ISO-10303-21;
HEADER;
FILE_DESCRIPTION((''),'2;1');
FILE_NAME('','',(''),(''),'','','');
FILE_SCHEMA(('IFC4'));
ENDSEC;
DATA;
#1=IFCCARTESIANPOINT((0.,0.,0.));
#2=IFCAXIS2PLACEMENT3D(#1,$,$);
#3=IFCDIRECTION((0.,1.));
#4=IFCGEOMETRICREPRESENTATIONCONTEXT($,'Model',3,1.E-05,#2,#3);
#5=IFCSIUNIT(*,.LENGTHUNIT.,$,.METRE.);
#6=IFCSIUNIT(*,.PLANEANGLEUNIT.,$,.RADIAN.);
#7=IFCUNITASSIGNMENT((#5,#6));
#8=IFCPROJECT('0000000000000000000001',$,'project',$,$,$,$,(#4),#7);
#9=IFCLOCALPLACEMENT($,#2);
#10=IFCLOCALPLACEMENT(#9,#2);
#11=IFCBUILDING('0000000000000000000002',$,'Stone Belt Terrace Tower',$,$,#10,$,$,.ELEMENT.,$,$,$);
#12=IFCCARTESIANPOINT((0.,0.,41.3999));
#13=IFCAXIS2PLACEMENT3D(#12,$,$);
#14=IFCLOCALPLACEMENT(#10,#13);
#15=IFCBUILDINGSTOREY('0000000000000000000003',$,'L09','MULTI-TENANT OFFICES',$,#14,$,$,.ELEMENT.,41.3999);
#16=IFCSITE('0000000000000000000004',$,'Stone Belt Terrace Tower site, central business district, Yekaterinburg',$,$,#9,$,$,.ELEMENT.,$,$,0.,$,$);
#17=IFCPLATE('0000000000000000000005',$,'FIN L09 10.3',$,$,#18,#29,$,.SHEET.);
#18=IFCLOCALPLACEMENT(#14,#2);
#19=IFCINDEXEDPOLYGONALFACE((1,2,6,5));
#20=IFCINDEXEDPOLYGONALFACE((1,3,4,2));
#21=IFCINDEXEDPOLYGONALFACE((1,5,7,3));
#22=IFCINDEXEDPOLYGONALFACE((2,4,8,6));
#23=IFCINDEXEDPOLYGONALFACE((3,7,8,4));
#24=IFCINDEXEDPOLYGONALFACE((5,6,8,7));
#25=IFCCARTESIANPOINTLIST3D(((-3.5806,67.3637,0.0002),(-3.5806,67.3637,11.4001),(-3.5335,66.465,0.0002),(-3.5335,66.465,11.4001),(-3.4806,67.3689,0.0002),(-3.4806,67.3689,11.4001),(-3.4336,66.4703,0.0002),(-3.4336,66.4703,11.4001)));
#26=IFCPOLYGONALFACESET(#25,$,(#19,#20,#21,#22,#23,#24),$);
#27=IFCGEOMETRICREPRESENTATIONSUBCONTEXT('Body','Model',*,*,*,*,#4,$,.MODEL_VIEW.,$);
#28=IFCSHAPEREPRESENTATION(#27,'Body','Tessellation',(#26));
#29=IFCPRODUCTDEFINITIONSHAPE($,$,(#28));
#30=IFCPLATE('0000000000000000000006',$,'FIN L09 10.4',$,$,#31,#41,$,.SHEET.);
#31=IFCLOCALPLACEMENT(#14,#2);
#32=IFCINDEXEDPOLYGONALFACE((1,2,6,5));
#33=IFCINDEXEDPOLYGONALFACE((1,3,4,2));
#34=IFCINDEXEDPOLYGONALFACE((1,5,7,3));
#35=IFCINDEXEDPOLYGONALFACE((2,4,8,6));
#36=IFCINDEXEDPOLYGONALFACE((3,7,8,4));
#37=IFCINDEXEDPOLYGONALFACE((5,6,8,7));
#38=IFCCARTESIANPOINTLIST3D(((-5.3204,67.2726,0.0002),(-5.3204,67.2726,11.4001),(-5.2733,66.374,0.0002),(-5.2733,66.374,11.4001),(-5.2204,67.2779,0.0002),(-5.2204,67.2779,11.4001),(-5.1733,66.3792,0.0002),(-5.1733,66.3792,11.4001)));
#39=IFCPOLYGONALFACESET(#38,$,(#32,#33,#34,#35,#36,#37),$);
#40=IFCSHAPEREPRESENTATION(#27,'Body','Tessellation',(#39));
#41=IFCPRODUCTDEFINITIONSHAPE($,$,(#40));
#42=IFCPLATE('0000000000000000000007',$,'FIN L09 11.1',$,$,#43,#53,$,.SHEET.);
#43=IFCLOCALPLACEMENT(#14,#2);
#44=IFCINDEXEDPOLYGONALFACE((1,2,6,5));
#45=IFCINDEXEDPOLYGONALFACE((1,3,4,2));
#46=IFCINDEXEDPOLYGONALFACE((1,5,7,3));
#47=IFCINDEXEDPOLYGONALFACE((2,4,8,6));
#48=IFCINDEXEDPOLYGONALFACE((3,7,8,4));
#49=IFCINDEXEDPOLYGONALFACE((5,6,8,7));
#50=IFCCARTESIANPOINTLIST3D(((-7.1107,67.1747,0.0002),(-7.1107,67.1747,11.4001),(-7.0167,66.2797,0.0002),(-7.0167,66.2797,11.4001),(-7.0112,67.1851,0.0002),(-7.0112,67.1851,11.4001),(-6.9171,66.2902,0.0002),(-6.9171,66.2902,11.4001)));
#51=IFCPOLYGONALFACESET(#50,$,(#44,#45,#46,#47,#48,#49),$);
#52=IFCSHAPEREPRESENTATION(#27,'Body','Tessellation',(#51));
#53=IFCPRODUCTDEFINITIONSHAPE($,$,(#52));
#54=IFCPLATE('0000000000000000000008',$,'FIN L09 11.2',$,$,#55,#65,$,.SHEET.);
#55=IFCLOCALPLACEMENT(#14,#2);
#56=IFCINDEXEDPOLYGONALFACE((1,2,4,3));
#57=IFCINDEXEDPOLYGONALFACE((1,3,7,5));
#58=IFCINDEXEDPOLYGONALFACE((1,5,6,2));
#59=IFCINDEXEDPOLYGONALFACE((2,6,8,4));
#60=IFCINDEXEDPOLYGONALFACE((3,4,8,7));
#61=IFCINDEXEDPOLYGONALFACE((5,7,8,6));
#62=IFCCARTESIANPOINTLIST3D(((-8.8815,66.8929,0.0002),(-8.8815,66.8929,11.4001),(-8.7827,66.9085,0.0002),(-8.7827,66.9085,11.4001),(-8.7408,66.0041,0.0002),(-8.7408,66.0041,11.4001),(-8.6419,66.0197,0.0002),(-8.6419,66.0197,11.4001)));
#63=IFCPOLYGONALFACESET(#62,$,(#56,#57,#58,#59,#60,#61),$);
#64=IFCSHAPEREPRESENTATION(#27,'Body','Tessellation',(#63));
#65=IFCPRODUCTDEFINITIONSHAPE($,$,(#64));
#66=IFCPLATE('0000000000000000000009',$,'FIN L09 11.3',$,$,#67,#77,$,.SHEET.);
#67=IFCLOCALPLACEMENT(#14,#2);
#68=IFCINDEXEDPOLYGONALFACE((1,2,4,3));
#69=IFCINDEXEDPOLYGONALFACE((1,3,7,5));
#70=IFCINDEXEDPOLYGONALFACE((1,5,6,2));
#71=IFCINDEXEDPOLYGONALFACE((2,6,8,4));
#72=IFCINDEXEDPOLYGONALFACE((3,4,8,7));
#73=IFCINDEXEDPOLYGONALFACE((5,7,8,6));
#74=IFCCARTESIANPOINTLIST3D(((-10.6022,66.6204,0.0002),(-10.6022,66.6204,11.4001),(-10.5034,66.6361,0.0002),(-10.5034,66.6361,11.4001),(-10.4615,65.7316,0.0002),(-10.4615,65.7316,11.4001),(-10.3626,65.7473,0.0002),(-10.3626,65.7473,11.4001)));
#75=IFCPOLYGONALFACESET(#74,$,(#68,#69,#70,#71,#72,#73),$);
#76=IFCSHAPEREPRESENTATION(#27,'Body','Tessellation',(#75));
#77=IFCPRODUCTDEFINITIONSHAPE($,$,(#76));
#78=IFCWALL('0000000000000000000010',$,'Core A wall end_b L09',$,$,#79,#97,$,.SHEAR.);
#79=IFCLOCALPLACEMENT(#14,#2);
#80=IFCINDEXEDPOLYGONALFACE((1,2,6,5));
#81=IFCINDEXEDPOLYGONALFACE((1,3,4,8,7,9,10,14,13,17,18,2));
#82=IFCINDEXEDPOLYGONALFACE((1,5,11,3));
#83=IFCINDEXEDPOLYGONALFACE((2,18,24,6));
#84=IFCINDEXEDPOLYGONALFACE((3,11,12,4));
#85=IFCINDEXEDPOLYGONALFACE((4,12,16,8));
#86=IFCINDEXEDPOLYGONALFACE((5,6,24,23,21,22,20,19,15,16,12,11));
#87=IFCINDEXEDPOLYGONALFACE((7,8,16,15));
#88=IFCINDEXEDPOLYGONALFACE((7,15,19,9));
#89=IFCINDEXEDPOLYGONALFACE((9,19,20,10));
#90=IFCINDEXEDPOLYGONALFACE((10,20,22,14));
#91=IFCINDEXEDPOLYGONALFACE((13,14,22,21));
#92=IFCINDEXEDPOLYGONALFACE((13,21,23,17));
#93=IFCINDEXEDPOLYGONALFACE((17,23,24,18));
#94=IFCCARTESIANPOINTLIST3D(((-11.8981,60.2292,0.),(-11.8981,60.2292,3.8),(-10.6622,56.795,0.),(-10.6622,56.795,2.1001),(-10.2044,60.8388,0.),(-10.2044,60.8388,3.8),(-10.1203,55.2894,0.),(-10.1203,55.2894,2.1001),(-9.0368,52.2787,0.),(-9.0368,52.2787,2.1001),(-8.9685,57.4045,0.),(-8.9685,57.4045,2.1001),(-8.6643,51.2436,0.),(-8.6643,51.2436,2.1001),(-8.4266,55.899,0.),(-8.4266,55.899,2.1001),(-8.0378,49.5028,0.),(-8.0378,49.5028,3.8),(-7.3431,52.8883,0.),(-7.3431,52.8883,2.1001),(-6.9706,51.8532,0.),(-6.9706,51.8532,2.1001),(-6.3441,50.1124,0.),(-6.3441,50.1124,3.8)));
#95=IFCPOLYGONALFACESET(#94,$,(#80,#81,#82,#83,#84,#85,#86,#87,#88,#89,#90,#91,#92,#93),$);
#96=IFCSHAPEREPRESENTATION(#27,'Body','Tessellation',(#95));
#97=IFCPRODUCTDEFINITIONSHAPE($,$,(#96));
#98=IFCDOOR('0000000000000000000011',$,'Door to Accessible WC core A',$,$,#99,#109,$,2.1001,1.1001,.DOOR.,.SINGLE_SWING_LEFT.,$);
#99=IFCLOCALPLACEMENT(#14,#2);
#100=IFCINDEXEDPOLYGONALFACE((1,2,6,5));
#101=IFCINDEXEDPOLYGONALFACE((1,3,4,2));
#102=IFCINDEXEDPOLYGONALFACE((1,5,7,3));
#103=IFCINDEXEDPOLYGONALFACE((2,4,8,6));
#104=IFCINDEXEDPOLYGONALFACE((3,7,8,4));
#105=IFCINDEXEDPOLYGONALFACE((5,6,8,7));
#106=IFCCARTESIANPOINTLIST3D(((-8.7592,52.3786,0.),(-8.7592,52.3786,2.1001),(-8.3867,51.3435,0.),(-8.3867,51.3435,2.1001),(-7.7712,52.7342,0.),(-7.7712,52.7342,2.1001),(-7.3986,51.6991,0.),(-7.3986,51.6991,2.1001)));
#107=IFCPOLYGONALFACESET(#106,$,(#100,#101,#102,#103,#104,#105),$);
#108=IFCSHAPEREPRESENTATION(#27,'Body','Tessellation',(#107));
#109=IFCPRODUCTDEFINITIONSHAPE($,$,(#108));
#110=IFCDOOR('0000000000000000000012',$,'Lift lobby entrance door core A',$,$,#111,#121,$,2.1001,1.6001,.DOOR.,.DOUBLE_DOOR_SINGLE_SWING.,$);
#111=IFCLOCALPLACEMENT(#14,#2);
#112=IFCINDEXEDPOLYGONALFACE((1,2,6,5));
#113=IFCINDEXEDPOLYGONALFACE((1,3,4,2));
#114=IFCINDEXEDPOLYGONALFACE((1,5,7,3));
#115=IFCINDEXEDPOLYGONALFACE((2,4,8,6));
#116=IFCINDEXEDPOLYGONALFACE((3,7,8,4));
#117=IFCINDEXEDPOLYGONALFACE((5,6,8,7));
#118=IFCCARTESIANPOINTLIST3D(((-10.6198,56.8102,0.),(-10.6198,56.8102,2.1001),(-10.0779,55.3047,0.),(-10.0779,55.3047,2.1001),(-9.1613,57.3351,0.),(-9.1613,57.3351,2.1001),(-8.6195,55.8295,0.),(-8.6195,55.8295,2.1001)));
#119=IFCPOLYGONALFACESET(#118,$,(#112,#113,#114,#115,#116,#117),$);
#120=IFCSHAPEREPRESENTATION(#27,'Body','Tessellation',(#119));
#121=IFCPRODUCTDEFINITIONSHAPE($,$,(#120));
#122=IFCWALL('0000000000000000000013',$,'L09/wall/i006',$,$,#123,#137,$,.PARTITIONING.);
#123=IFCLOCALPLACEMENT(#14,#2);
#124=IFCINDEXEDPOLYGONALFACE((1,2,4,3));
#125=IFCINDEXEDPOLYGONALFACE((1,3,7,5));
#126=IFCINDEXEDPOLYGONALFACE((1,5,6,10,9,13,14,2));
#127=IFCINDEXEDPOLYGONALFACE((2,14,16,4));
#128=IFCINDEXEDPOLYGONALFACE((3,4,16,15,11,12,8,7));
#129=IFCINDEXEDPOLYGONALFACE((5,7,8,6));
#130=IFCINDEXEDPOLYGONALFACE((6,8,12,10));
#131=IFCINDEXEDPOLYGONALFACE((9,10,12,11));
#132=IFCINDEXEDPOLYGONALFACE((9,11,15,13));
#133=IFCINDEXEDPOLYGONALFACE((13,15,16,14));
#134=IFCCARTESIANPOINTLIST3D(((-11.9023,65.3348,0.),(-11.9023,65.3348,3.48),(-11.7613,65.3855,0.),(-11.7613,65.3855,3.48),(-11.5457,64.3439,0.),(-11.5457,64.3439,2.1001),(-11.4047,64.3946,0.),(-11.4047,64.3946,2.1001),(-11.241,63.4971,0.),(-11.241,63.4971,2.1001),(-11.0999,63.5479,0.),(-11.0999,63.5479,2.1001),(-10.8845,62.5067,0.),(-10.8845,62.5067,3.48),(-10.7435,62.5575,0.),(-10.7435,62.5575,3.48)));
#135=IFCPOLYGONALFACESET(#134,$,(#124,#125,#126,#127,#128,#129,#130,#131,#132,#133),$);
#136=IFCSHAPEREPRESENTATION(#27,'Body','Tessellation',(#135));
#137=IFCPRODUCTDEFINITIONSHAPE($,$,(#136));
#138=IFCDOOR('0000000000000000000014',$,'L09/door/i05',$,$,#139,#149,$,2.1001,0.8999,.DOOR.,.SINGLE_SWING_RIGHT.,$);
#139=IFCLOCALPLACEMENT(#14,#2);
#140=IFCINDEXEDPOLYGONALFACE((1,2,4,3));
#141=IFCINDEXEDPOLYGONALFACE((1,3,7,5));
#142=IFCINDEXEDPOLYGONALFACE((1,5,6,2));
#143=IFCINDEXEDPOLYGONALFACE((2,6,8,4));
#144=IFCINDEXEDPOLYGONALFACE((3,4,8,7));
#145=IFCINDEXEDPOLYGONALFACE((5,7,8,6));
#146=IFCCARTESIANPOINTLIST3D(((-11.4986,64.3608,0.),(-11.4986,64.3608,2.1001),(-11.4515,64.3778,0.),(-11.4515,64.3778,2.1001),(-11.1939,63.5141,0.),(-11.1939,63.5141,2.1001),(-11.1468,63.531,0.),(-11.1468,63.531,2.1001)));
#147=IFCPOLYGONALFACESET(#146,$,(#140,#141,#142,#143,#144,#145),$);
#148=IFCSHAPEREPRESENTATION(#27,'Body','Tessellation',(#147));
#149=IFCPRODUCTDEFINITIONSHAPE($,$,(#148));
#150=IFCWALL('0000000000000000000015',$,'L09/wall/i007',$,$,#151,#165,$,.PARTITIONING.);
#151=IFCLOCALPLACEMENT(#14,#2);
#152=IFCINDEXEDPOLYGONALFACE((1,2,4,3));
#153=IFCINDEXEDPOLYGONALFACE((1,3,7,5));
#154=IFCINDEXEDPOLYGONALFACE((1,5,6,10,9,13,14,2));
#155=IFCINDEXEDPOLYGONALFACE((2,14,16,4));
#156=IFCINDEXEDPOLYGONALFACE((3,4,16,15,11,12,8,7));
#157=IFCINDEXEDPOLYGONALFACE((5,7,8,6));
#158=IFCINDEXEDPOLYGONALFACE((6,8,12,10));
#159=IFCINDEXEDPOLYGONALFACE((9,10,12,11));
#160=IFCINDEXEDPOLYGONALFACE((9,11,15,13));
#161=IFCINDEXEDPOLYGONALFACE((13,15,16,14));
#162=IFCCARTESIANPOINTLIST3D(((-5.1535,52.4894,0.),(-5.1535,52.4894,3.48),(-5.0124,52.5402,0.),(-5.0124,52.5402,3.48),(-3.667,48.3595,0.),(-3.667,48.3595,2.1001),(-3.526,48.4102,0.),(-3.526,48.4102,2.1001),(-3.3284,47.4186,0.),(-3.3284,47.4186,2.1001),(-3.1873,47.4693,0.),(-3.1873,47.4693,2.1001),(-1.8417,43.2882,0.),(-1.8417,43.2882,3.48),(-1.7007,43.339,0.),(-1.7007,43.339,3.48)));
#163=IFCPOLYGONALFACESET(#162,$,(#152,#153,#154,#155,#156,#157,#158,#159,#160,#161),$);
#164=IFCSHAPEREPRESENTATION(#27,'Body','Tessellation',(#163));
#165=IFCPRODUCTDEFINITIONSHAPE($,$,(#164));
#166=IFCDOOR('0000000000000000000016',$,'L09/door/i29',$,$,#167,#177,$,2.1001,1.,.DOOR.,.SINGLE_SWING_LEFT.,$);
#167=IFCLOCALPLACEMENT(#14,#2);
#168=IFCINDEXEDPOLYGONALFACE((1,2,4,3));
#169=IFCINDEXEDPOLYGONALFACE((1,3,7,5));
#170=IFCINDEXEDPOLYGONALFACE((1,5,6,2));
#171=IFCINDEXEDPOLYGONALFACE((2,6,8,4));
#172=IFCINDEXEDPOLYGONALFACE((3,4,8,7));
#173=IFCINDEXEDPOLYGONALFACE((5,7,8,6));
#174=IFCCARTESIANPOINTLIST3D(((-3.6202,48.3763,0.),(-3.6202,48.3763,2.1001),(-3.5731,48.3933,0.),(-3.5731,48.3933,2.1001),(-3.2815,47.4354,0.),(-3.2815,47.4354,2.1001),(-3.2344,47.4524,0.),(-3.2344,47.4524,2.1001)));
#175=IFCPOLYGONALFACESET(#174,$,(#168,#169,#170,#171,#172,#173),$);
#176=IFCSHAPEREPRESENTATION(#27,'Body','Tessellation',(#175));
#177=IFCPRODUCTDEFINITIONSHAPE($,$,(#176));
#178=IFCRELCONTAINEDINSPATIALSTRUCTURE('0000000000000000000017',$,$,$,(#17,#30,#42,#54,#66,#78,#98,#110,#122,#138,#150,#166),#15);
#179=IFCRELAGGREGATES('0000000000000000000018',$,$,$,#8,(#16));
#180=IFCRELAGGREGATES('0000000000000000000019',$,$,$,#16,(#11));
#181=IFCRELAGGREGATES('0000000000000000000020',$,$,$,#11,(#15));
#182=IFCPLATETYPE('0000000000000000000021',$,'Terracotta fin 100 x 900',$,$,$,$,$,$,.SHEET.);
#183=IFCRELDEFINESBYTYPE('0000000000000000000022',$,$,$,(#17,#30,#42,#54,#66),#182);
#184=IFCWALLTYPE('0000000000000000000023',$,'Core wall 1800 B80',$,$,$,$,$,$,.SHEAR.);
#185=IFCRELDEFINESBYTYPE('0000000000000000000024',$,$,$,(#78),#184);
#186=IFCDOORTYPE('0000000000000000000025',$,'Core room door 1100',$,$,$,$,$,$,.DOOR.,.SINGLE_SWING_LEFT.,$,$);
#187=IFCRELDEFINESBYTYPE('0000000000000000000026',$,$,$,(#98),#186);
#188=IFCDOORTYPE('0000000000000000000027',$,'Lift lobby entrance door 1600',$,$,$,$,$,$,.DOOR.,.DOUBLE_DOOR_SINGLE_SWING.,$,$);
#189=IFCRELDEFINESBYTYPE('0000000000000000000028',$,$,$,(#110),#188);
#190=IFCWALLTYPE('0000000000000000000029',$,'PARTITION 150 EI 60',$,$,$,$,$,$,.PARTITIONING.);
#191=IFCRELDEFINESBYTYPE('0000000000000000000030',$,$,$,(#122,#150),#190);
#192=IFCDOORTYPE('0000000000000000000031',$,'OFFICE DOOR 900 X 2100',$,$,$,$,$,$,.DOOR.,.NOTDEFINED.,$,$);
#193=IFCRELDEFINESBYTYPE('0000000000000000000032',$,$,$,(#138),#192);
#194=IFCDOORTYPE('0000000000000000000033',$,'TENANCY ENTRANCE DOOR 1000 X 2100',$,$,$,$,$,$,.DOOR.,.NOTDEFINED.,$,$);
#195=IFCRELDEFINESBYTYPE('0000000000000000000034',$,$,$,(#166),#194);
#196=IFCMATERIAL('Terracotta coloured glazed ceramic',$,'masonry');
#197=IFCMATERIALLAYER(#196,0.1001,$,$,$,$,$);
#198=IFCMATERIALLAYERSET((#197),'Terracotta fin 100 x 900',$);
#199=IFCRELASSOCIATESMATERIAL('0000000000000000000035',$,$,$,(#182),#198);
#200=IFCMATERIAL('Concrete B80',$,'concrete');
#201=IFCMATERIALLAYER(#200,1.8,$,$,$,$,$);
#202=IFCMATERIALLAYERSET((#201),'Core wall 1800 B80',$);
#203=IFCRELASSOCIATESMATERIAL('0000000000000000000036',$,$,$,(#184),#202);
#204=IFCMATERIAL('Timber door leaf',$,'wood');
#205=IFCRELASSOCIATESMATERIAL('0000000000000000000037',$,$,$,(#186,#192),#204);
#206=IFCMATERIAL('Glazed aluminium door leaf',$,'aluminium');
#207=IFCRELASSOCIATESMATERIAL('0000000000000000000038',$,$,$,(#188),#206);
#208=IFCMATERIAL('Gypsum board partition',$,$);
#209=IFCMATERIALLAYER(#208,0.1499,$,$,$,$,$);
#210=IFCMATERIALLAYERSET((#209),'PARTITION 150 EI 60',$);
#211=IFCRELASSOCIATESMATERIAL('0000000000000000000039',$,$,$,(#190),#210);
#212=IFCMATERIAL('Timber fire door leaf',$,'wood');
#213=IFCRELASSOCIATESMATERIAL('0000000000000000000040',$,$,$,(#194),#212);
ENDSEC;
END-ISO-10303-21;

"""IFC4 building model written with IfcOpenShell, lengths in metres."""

from ifc_helpers import new_model, si_unit, direction, frame, frame_2d, origin, origin_2d, place, context, subcontext, project, spatial, rectangle, extrude, material, layer, layer_set, type_object, element, fill, save


model = new_model("IFC4")

# Units and contexts
model_context = context("Model", 3, precision=1e-05, world=origin(), true_north=direction((0.0, 1.0)))
body_context = subcontext(model_context, "Body", "Model", "MODEL_VIEW")
ifc_project = project(units=[si_unit("LENGTHUNIT", "METRE"), si_unit("PLANEANGLEUNIT", "RADIAN")], contexts=[model_context])

# Site, building, storey
site_placement = place(None, origin())
site = spatial("IfcSite", under=ifc_project, at=site_placement, Name="Stone Belt Terrace Tower site, central business district, Yekaterinburg", CompositionType="ELEMENT", RefElevation=0.0)
building_placement = place(site_placement, origin())
building = spatial("IfcBuilding", under=site, at=building_placement, Name="Stone Belt Terrace Tower", CompositionType="ELEMENT")
storey_placement = place(building_placement, frame((0.0, 0.0, 41.3999)))
storey = spatial("IfcBuildingStorey", under=building, at=storey_placement, Name="L09", Description="MULTI-TENANT OFFICES", CompositionType="ELEMENT", Elevation=41.3999)

# Shared definitions
ifc_material_1 = material(Name="Concrete B80", Category="concrete")

# Plates
ifc_material_2 = material(Name="Terracotta coloured glazed ceramic", Category="masonry")
ifc_layer_1 = layer(ifc_material_2, 0.1001)
ifc_layer_set_1 = layer_set([ifc_layer_1], Name="Terracotta fin 100 x 900")
plate_type_1 = type_object("IfcPlateType", Name="Terracotta fin 100 x 900", PredefinedType="SHEET", material=ifc_layer_set_1)
for number, where, z_axis, x_axis, name in (
    (1, (-3.5071, 66.917, 0.0002), (0.0, 0.0, 1.0), (-0.052336, 0.99863, 0.0), "FIN L09 10.3"),
    (2, (-5.2468, 66.8259, 0.0002), (0.0, 0.0, 1.0), (-0.052336, 0.99863, 0.0), "FIN L09 10.4"),
    (3, (-7.0139, 66.7324, 0.0002), (0.0, 0.0, 1.0), (-0.104528, 0.994522, 0.0), "FIN L09 11.1"),
    (4, (-8.7617, 66.4563, 0.0002), (0.0, 0.0, 1.0), (-0.156434, 0.987688, 0.0), "FIN L09 11.2"),
    (5, (-10.4824, 66.1838, 0.0002), (0.0, 0.0, 1.0), (-0.156434, 0.987688, 0.0), "FIN L09 11.3"),
):
    element("IfcPlate", number, at=place(storey_placement, frame(where, z_axis=z_axis, x_axis=x_axis)), inside=storey, type_object=plate_type_1, Name=name, PredefinedType="SHEET", context=body_context, shape_type="SweptSolid", body=[
        extrude(rectangle(XDim=0.8999, YDim=0.1001, at=origin_2d()), origin(), (0.0, 0.0, 1.0), 11.3999),
    ])

# Wall, openings, doors
ifc_layer_2 = layer(ifc_material_1, 1.8)
ifc_layer_set_2 = layer_set([ifc_layer_2], Name="Core wall 1800 B80")
wall_type_1 = type_object("IfcWallType", Name="Core wall 1800 B80", PredefinedType="SHEAR", material=ifc_layer_set_2)
wall_1_placement = place(storey_placement, frame((-7.1909, 49.8076, 0.0), z_axis=(0.0, 0.0, 1.0), x_axis=(-0.338632, 0.940919, 0.0)))
wall_1 = element("IfcWall", 6, at=wall_1_placement, inside=storey, type_object=wall_type_1, Name="Core A wall end_b L09", PredefinedType="SHEAR", context=body_context, shape_type="SweptSolid", body=[
    extrude(rectangle(XDim=11.3999, YDim=1.8, at=frame_2d((5.7, 0.0))), origin(), (0.0, 0.0, 1.0), 3.8),
])
opening_1_placement = place(wall_1_placement, frame((6.1499, 0.0, 0.0)))
opening_1 = element("IfcOpeningElement", 7, at=opening_1_placement, cuts=wall_1, PredefinedType="OPENING", context=body_context, shape_type="SweptSolid", body=[
    extrude(rectangle(XDim=1.6001, YDim=2.1001, at=frame_2d((0.8, 1.05))), frame((0.0, 0.9099, 0.0), z_axis=(0.0, -1.0, 0.0), x_axis=(1.0, 0.0, 0.0)), (0.0, 0.0, 1.0), 1.8201),
])
opening_2_placement = place(wall_1_placement, frame((1.8501, 0.0, 0.0)))
opening_2 = element("IfcOpeningElement", 8, at=opening_2_placement, cuts=wall_1, PredefinedType="OPENING", context=body_context, shape_type="SweptSolid", body=[
    extrude(rectangle(XDim=1.1001, YDim=2.1001, at=frame_2d((0.55, 1.05))), frame((0.0, 0.9099, 0.0), z_axis=(0.0, -1.0, 0.0), x_axis=(1.0, 0.0, 0.0)), (0.0, 0.0, 1.0), 1.8201),
])
ifc_material_3 = material(Name="Timber door leaf", Category="wood")
door_type_1 = type_object("IfcDoorType", Name="Core room door 1100", OperationType="SINGLE_SWING_LEFT", PredefinedType="DOOR", material=ifc_material_3)
door_1_placement = place(opening_2_placement, origin())
door_1 = element("IfcDoor", 9, at=door_1_placement, inside=storey, type_object=door_type_1, Name="Door to Accessible WC core A", OperationType="SINGLE_SWING_LEFT", OverallHeight=2.1001, OverallWidth=1.1001, PredefinedType="DOOR", context=body_context, shape_type="SweptSolid", body=[
    extrude(rectangle(XDim=1.1001, YDim=2.1001, at=frame_2d((0.55, 1.05))), frame((0.0, 0.605, 0.0), z_axis=(0.0, -1.0, 0.0), x_axis=(1.0, 0.0, 0.0)), (0.0, 0.0, 1.0), 1.05),
])
fill(opening_2, door_1)
ifc_material_4 = material(Name="Glazed aluminium door leaf", Category="aluminium")
door_type_2 = type_object("IfcDoorType", Name="Lift lobby entrance door 1600", OperationType="DOUBLE_DOOR_SINGLE_SWING", PredefinedType="DOOR", material=ifc_material_4)
door_2_placement = place(opening_1_placement, origin())
door_2 = element("IfcDoor", 10, at=door_2_placement, inside=storey, type_object=door_type_2, Name="Lift lobby entrance door core A", OperationType="DOUBLE_DOOR_SINGLE_SWING", OverallHeight=2.1001, OverallWidth=1.6001, PredefinedType="DOOR", context=body_context, shape_type="SweptSolid", body=[
    extrude(rectangle(XDim=1.6001, YDim=2.1001, at=frame_2d((0.8, 1.05))), frame((0.0, 0.855, 0.0), z_axis=(0.0, -1.0, 0.0), x_axis=(1.0, 0.0, 0.0)), (0.0, 0.0, 1.0), 1.55),
])
fill(opening_1, door_2)

# Walls, openings, doors
ifc_material_5 = material(Name="Gypsum board partition")
ifc_layer_3 = layer(ifc_material_5, 0.1499)
ifc_layer_set_3 = layer_set([ifc_layer_3], Name="PARTITION 150 EI 60")
wall_type_2 = type_object("IfcWallType", Name="PARTITION 150 EI 60", PredefinedType="PARTITIONING", material=ifc_layer_set_3)
wall_2_placement = place(storey_placement, frame((-10.814, 62.532, 0.0), z_axis=(0.0, 0.0, 1.0), x_axis=(-0.33863, 0.94092, 0.0)))
wall_2 = element("IfcWall", 11, at=wall_2_placement, inside=storey, type_object=wall_type_2, Name="L09/wall/i006", PredefinedType="PARTITIONING", context=body_context, shape_type="SweptSolid", body=[
    extrude(rectangle(XDim=3.0056, YDim=0.1499, at=frame_2d((1.5029, 0.0))), origin(), (0.0, 0.0, 1.0), 3.48),
])
opening_3_placement = place(wall_2_placement, frame((1.0527, 0.0, 0.0)))
opening_3 = element("IfcOpeningElement", 12, at=opening_3_placement, cuts=wall_2, PredefinedType="OPENING", context=body_context, shape_type="SweptSolid", body=[
    extrude(rectangle(XDim=0.8999, YDim=2.1001, at=frame_2d((0.45, 1.05))), frame((0.0, 0.085, 0.0), z_axis=(0.0, -1.0, 0.0), x_axis=(1.0, 0.0, 0.0)), (0.0, 0.0, 1.0), 0.1699),
])
door_type_3 = type_object("IfcDoorType", Name="OFFICE DOOR 900 X 2100", OperationType="NOTDEFINED", PredefinedType="DOOR", material=ifc_material_3)
door_3_placement = place(opening_3_placement, origin())
door_3 = element("IfcDoor", 13, at=door_3_placement, inside=storey, type_object=door_type_3, Name="L09/door/i05", OperationType="SINGLE_SWING_RIGHT", OverallHeight=2.1001, OverallWidth=0.8999, PredefinedType="DOOR", context=body_context, shape_type="SweptSolid", body=[
    extrude(rectangle(XDim=0.8999, YDim=2.1001, at=frame_2d((0.45, 1.05))), frame((0.0, 0.0249, 0.0), z_axis=(0.0, -1.0, 0.0), x_axis=(1.0, 0.0, 0.0)), (0.0, 0.0, 1.0), 0.05),
])
fill(opening_3, door_3)
wall_3_placement = place(storey_placement, frame((-5.083, 52.5149, 0.0), z_axis=(0.0, 0.0, 1.0), x_axis=(0.33866, -0.940909, 0.0)))
wall_3 = element("IfcWall", 14, at=wall_3_placement, inside=storey, type_object=wall_type_2, Name="L09/wall/i007", PredefinedType="PARTITIONING", context=body_context, shape_type="SweptSolid", body=[
    extrude(rectangle(XDim=9.7791, YDim=0.1499, at=frame_2d((4.8896, 0.0))), origin(), (0.0, 0.0, 1.0), 3.48),
])
opening_4_placement = place(wall_3_placement, frame((4.3894, 0.0, 0.0)))
opening_4 = element("IfcOpeningElement", 15, at=opening_4_placement, cuts=wall_3, PredefinedType="OPENING", context=body_context, shape_type="SweptSolid", body=[
    extrude(rectangle(XDim=1.0, YDim=2.1001, at=frame_2d((0.5, 1.05))), frame((0.0, 0.085, 0.0), z_axis=(0.0, -1.0, 0.0), x_axis=(1.0, 0.0, 0.0)), (0.0, 0.0, 1.0), 0.1699),
])
ifc_material_6 = material(Name="Timber fire door leaf", Category="wood")
door_type_4 = type_object("IfcDoorType", Name="TENANCY ENTRANCE DOOR 1000 X 2100", OperationType="NOTDEFINED", PredefinedType="DOOR", material=ifc_material_6)
door_4_placement = place(opening_4_placement, origin())
door_4 = element("IfcDoor", 16, at=door_4_placement, inside=storey, type_object=door_type_4, Name="L09/door/i29", OperationType="SINGLE_SWING_LEFT", OverallHeight=2.1001, OverallWidth=1.0, PredefinedType="DOOR", context=body_context, shape_type="SweptSolid", body=[
    extrude(rectangle(XDim=1.0, YDim=2.1001, at=frame_2d((0.5, 1.05))), frame((0.0, 0.0249, 0.0), z_axis=(0.0, -1.0, 0.0), x_axis=(1.0, 0.0, 0.0)), (0.0, 0.0, 1.0), 0.05),
])
fill(opening_4, door_4)

save(model, "model.ifc")
